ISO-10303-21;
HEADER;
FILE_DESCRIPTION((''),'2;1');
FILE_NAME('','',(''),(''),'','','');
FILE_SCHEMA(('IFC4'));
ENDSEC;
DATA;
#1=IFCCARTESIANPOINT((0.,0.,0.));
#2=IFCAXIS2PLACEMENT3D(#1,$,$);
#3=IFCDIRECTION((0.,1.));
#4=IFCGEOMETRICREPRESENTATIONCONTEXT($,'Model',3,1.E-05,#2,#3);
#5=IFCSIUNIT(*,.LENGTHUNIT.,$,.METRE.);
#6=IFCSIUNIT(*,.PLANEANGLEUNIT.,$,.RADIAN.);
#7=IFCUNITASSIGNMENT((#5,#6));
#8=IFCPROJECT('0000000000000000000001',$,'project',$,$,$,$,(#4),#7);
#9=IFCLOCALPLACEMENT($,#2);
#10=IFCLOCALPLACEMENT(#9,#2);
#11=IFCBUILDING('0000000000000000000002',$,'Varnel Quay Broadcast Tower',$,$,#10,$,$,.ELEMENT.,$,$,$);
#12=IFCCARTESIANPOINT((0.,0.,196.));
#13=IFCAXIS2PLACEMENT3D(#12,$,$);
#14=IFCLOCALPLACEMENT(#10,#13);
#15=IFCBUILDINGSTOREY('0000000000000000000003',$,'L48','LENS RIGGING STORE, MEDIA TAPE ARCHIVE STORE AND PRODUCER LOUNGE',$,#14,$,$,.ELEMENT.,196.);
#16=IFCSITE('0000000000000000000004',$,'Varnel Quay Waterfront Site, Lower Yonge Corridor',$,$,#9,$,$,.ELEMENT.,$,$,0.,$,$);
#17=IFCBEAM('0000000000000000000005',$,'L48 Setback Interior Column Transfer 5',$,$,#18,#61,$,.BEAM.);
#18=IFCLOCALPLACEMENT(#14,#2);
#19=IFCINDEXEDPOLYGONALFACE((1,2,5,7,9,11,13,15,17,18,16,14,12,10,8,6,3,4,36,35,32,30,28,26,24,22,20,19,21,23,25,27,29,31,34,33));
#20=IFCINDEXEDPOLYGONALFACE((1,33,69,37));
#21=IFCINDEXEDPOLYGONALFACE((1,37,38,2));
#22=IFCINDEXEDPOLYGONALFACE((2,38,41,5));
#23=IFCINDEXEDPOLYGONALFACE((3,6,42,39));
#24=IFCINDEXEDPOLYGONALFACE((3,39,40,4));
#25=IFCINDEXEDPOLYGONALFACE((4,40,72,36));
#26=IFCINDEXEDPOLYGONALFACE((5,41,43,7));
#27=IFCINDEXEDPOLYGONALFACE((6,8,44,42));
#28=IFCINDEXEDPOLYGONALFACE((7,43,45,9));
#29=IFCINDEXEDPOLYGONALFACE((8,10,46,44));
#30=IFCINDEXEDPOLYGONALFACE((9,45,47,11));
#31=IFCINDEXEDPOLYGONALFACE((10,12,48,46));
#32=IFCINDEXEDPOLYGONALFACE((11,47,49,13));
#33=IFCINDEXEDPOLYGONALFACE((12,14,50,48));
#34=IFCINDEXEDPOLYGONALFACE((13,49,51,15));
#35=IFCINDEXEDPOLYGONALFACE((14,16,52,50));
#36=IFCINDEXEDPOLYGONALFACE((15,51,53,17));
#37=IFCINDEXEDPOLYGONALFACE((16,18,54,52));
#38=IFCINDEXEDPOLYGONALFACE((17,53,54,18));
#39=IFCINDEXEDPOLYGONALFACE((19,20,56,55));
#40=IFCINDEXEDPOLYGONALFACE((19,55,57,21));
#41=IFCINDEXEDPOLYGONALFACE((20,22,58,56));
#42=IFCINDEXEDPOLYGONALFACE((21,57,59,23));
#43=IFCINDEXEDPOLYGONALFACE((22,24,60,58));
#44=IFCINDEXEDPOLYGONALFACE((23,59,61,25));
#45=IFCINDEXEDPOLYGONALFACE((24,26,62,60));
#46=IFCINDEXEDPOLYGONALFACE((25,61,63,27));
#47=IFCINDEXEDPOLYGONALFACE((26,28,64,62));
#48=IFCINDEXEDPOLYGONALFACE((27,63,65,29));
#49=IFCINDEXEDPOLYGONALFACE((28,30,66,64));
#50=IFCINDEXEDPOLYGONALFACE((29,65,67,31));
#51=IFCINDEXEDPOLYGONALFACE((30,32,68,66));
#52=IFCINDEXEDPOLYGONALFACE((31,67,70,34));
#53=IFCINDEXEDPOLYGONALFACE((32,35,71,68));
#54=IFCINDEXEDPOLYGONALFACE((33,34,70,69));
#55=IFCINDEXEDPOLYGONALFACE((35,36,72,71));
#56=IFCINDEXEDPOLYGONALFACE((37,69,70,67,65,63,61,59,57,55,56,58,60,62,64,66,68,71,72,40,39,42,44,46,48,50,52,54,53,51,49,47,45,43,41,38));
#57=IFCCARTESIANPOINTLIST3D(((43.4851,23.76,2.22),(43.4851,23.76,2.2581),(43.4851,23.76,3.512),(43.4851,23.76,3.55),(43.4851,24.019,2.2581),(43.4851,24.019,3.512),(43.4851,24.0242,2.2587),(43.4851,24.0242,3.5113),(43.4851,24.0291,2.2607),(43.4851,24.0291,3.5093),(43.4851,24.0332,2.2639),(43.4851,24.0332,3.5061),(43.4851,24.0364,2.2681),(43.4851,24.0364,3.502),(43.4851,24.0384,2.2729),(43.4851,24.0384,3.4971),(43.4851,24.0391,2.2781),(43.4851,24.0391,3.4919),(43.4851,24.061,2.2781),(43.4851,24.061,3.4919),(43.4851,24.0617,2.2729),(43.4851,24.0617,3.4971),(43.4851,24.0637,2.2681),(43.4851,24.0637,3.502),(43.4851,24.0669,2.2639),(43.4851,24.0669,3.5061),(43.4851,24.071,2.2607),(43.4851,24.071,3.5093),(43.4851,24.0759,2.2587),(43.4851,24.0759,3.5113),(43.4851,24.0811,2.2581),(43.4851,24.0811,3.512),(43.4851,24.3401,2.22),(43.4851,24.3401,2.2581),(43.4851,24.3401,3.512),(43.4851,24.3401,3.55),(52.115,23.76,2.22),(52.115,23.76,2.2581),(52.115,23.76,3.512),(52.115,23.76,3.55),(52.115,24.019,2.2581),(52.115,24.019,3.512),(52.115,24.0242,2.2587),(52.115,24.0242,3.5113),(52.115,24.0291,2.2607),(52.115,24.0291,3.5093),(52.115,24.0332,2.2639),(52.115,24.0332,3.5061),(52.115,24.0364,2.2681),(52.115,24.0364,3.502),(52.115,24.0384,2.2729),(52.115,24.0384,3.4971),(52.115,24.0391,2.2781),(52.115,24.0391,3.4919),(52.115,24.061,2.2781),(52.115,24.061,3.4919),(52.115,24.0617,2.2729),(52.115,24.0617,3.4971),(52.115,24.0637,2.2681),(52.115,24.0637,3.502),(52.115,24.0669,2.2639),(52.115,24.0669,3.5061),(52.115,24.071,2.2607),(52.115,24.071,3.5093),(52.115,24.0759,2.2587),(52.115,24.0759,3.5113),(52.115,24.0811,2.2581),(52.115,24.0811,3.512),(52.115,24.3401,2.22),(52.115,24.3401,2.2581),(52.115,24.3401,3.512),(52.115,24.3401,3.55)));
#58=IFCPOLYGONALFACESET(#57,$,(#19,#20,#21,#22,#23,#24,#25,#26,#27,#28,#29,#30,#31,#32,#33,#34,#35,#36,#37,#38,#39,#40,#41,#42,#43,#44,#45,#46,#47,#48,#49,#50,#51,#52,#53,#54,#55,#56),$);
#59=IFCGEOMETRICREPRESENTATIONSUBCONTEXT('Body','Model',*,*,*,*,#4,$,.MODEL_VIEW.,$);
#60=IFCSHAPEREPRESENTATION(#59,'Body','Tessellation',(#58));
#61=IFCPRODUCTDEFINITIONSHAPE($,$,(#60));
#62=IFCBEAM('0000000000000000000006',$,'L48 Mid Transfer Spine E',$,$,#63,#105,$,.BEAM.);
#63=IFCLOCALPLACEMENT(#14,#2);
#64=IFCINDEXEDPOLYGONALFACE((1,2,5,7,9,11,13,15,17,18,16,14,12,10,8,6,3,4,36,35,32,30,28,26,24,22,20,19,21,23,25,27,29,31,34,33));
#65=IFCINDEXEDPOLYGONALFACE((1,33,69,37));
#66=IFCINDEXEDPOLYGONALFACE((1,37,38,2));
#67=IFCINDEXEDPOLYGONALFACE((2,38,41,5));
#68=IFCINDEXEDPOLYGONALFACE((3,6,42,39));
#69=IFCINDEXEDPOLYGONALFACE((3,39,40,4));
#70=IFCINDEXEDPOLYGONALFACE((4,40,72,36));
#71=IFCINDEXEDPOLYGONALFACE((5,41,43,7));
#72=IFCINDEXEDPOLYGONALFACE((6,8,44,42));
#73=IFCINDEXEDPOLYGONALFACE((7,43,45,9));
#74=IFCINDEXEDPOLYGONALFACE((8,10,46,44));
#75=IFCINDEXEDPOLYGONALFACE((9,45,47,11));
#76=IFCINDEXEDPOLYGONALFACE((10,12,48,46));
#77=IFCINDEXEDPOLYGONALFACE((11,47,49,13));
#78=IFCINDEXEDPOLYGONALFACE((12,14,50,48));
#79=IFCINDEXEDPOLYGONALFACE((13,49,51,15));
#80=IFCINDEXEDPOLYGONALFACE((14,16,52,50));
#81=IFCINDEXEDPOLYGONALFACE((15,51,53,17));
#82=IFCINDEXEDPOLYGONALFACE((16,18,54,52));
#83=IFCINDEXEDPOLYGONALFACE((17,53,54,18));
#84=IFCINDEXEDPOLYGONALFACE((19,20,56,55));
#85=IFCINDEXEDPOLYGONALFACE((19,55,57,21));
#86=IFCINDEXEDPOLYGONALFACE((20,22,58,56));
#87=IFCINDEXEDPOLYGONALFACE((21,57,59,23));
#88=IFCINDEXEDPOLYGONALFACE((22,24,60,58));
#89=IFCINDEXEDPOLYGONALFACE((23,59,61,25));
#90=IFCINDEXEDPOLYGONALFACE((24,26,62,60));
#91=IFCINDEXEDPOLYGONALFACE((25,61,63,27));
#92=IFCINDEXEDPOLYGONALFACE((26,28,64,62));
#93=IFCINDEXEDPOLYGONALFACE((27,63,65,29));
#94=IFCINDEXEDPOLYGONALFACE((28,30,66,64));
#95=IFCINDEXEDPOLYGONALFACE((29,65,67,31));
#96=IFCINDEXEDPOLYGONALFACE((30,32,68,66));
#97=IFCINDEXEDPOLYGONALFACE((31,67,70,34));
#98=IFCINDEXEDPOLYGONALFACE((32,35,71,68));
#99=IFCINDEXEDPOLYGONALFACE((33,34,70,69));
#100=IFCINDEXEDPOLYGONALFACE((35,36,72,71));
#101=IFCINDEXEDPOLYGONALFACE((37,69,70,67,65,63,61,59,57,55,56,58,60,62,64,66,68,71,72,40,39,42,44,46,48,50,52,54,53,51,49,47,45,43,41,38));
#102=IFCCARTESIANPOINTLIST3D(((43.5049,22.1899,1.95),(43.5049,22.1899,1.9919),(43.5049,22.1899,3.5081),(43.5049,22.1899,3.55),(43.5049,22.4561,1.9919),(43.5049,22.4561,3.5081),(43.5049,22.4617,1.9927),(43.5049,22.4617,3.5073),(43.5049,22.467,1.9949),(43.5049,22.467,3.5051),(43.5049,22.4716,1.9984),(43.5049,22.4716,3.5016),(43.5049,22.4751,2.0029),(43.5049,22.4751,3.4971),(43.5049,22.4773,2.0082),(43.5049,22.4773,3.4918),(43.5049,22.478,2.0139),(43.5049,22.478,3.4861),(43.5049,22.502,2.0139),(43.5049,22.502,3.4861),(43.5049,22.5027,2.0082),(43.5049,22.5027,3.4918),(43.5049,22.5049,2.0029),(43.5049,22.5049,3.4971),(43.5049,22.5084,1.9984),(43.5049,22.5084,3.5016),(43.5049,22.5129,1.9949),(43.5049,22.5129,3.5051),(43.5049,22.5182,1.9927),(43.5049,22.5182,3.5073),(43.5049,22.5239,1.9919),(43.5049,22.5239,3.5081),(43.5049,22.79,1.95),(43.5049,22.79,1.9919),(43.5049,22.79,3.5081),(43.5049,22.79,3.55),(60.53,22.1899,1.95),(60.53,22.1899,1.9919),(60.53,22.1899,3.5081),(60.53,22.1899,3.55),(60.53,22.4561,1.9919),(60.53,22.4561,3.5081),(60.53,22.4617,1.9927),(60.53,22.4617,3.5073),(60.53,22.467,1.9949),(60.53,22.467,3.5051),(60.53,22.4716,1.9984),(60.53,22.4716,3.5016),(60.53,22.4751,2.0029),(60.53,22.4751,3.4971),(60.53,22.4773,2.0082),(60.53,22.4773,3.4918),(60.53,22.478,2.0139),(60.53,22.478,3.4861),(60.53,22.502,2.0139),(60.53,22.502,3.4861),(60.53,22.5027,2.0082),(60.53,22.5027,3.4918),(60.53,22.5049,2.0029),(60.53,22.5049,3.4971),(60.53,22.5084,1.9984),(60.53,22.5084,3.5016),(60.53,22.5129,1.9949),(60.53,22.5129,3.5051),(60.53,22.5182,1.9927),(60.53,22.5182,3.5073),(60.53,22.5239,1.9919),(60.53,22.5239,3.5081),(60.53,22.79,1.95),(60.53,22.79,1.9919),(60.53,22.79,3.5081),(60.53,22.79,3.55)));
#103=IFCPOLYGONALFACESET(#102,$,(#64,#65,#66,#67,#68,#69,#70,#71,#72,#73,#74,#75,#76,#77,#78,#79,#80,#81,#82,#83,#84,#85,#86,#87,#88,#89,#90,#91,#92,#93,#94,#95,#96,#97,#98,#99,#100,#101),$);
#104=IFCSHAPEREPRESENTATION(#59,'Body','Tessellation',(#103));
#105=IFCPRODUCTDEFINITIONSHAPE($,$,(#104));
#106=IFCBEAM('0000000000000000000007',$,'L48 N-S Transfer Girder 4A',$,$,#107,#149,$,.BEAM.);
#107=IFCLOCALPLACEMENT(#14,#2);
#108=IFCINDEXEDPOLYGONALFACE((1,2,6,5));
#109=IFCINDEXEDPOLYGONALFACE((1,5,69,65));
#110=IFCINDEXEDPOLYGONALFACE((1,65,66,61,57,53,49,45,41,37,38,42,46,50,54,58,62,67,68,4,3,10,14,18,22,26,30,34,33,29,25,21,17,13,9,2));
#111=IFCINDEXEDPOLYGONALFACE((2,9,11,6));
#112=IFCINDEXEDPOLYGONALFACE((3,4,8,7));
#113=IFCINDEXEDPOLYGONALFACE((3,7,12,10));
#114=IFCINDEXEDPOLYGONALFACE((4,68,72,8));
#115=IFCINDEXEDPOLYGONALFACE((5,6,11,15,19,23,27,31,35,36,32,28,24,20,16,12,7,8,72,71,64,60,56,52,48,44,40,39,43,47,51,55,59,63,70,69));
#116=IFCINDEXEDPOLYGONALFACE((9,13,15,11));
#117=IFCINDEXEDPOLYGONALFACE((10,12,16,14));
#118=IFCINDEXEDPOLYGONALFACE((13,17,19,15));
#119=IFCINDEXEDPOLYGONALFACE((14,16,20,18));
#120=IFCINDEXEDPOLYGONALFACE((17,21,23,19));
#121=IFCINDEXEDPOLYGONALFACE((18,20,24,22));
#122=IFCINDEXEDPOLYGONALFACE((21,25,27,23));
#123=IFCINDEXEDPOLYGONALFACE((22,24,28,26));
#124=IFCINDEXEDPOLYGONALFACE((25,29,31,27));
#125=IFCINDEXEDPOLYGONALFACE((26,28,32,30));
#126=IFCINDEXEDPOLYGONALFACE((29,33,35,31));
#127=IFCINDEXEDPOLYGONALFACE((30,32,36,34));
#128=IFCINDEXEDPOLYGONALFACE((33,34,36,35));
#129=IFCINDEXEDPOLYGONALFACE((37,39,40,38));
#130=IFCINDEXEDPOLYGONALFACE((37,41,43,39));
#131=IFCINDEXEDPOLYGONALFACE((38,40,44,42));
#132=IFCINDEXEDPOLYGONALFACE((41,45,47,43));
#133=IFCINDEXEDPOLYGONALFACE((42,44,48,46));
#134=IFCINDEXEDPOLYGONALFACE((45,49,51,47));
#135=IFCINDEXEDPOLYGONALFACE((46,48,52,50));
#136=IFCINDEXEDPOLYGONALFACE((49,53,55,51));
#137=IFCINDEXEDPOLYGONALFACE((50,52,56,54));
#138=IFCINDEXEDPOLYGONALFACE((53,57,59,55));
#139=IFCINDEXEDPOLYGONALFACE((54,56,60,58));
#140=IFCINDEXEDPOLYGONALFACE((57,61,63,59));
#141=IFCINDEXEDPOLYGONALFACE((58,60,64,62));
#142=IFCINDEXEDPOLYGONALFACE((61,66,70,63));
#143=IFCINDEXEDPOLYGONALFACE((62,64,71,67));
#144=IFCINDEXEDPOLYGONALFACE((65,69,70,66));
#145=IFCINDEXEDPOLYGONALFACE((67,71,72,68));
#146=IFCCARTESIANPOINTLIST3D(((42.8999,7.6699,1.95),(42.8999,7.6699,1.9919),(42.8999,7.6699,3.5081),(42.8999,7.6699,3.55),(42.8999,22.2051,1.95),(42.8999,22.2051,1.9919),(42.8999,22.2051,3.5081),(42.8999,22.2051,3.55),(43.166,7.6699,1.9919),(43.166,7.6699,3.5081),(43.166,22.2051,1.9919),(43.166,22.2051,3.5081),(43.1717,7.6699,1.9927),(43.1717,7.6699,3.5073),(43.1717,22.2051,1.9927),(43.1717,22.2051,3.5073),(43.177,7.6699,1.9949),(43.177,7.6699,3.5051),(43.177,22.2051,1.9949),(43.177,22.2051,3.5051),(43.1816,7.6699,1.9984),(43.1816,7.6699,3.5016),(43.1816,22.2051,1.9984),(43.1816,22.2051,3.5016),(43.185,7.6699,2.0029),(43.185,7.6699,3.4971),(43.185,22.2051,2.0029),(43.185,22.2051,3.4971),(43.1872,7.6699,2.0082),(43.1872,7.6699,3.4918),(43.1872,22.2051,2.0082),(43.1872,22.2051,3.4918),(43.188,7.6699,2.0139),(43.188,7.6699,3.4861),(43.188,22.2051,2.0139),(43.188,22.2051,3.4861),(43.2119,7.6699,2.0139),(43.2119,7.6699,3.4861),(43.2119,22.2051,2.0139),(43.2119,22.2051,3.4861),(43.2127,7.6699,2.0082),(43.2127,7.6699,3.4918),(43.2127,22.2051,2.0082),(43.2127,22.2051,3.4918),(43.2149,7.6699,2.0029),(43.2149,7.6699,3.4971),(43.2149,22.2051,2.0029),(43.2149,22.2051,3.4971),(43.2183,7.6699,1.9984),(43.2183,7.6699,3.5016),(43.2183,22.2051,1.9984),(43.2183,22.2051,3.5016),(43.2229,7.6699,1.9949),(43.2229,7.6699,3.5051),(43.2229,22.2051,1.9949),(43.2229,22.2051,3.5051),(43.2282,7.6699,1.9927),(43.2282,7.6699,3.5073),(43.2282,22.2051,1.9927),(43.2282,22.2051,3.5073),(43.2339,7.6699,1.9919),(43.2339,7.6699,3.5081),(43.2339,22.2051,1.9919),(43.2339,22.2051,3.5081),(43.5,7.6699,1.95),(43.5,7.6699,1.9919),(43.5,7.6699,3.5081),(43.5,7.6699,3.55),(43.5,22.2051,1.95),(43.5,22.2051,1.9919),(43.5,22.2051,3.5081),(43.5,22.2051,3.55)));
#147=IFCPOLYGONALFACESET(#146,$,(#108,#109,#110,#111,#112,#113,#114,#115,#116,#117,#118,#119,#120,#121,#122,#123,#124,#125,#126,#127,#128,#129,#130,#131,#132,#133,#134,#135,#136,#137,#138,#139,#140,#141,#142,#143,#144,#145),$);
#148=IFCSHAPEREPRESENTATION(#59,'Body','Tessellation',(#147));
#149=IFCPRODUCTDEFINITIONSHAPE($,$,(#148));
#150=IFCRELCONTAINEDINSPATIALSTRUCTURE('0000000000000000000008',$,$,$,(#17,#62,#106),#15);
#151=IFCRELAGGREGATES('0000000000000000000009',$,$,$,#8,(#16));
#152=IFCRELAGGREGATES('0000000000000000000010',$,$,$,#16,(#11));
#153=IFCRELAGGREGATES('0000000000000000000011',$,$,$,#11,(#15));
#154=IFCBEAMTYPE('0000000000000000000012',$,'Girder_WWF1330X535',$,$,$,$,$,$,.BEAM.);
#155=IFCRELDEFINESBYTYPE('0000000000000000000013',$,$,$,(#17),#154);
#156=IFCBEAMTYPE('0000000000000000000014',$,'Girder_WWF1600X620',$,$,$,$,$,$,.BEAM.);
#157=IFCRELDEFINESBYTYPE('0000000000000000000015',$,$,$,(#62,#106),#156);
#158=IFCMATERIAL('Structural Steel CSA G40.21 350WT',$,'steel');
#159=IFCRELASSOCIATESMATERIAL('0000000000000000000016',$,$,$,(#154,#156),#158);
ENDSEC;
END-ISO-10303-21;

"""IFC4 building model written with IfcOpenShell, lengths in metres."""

from ifc_helpers import new_model, si_unit, direction, frame, origin, origin_2d, place, context, subcontext, project, spatial, i_section, extrude, source, transform, mapped, material, material_profile, profile_set, type_object, element, save


model = new_model("IFC4")

# Units and contexts
model_context = context("Model", 3, precision=1e-05, world=origin(), true_north=direction((0.0, 1.0)))
body_context = subcontext(model_context, "Body", "Model", "MODEL_VIEW")
ifc_project = project(units=[si_unit("LENGTHUNIT", "METRE"), si_unit("PLANEANGLEUNIT", "RADIAN")], contexts=[model_context])

# Site, building, storey
site_placement = place(None, origin())
site = spatial("IfcSite", under=ifc_project, at=site_placement, Name="Varnel Quay Waterfront Site, Lower Yonge Corridor", CompositionType="ELEMENT", RefElevation=0.0)
building_placement = place(site_placement, origin())
building = spatial("IfcBuilding", under=site, at=building_placement, Name="Varnel Quay Broadcast Tower", CompositionType="ELEMENT")
storey_placement = place(building_placement, frame((0.0, 0.0, 196.0)))
storey = spatial("IfcBuildingStorey", under=building, at=storey_placement, Name="L48", Description="LENS RIGGING STORE, MEDIA TAPE ARCHIVE STORE AND PRODUCER LOUNGE", CompositionType="ELEMENT", Elevation=196.0)

# Beams
ifc_material_1 = material(Name="Structural Steel CSA G40.21 350WT", Category="steel")
ifc_material_profile_1 = material_profile(ifc_material_1, i_section(OverallWidth=0.5801, OverallDepth=1.3301, WebThickness=0.022, FlangeThickness=0.0381, FilletRadius=0.02, at=origin_2d()), Name="WWF1330X535")
ifc_profile_set_1 = profile_set([ifc_material_profile_1], Name="Structural Steel CSA G40.21 350WT")
beam_type_1 = type_object("IfcBeamType", Name="Girder_WWF1330X535", PredefinedType="BEAM", material=ifc_profile_set_1)
ifc_material_profile_2 = material_profile(ifc_material_1, i_section(OverallWidth=0.6001, OverallDepth=1.6001, WebThickness=0.0239, FlangeThickness=0.042, FilletRadius=0.022, at=origin_2d()), Name="WWF1600X620")
ifc_profile_set_2 = profile_set([ifc_material_profile_2], Name="Structural Steel CSA G40.21 350WT")
beam_type_2 = type_object("IfcBeamType", Name="Girder_WWF1600X620", PredefinedType="BEAM", material=ifc_profile_set_2)
shared_shape_1 = source(origin(), body_context, "Body", "SweptSolid", [
    extrude(i_section(OverallWidth=0.5801, OverallDepth=1.3301, WebThickness=0.022, FlangeThickness=0.0381, FilletRadius=0.02, at=origin_2d()), origin(), (0.0, 0.0, 1.0), 8.6299),
])
beam_1_placement = place(storey_placement, frame((43.4851, 24.05, 2.885), z_axis=(1.0, 0.0, 0.0), x_axis=(0.0, 1.0, 0.0)))
element("IfcBeam", 1, at=beam_1_placement, inside=storey, type_object=beam_type_1, Name="L48 Setback Interior Column Transfer 5", PredefinedType="BEAM", context=body_context, shape_type="MappedRepresentation", body=[
    mapped(shared_shape_1, transform((0.0, 0.0, 0.0), x_axis=(1.0, 0.0, 0.0), y_axis=(0.0, 1.0, 0.0), z_axis=(0.0, 0.0, 1.0), scale=1.0)),
])
shared_shape_2 = source(origin(), body_context, "Body", "SweptSolid", [
    extrude(i_section(OverallWidth=0.6001, OverallDepth=1.6001, WebThickness=0.0239, FlangeThickness=0.042, FilletRadius=0.022, at=origin_2d()), origin(), (0.0, 0.0, 1.0), 17.0251),
])
beam_2_placement = place(storey_placement, frame((43.5049, 22.49, 2.75), z_axis=(1.0, 0.0, 0.0), x_axis=(0.0, 1.0, 0.0)))
element("IfcBeam", 2, at=beam_2_placement, inside=storey, type_object=beam_type_2, Name="L48 Mid Transfer Spine E", PredefinedType="BEAM", context=body_context, shape_type="MappedRepresentation", body=[
    mapped(shared_shape_2, transform((0.0, 0.0, 0.0), x_axis=(1.0, 0.0, 0.0), y_axis=(0.0, 1.0, 0.0), z_axis=(0.0, 0.0, 1.0), scale=1.0)),
])
shared_shape_3 = source(origin(), body_context, "Body", "SweptSolid", [
    extrude(i_section(OverallWidth=0.6001, OverallDepth=1.6001, WebThickness=0.0239, FlangeThickness=0.042, FilletRadius=0.022, at=origin_2d()), origin(), (0.0, 0.0, 1.0), 14.5352),
])
beam_3_placement = place(storey_placement, frame((43.2, 7.6699, 2.75), z_axis=(0.0, 1.0, 0.0), x_axis=(-1.0, 0.0, 0.0)))
element("IfcBeam", 3, at=beam_3_placement, inside=storey, type_object=beam_type_2, Name="L48 N-S Transfer Girder 4A", PredefinedType="BEAM", context=body_context, shape_type="MappedRepresentation", body=[
    mapped(shared_shape_3, transform((0.0, 0.0, 0.0), x_axis=(1.0, 0.0, 0.0), y_axis=(0.0, 1.0, 0.0), z_axis=(0.0, 0.0, 1.0), scale=1.0)),
])

save(model, "model.ifc")
